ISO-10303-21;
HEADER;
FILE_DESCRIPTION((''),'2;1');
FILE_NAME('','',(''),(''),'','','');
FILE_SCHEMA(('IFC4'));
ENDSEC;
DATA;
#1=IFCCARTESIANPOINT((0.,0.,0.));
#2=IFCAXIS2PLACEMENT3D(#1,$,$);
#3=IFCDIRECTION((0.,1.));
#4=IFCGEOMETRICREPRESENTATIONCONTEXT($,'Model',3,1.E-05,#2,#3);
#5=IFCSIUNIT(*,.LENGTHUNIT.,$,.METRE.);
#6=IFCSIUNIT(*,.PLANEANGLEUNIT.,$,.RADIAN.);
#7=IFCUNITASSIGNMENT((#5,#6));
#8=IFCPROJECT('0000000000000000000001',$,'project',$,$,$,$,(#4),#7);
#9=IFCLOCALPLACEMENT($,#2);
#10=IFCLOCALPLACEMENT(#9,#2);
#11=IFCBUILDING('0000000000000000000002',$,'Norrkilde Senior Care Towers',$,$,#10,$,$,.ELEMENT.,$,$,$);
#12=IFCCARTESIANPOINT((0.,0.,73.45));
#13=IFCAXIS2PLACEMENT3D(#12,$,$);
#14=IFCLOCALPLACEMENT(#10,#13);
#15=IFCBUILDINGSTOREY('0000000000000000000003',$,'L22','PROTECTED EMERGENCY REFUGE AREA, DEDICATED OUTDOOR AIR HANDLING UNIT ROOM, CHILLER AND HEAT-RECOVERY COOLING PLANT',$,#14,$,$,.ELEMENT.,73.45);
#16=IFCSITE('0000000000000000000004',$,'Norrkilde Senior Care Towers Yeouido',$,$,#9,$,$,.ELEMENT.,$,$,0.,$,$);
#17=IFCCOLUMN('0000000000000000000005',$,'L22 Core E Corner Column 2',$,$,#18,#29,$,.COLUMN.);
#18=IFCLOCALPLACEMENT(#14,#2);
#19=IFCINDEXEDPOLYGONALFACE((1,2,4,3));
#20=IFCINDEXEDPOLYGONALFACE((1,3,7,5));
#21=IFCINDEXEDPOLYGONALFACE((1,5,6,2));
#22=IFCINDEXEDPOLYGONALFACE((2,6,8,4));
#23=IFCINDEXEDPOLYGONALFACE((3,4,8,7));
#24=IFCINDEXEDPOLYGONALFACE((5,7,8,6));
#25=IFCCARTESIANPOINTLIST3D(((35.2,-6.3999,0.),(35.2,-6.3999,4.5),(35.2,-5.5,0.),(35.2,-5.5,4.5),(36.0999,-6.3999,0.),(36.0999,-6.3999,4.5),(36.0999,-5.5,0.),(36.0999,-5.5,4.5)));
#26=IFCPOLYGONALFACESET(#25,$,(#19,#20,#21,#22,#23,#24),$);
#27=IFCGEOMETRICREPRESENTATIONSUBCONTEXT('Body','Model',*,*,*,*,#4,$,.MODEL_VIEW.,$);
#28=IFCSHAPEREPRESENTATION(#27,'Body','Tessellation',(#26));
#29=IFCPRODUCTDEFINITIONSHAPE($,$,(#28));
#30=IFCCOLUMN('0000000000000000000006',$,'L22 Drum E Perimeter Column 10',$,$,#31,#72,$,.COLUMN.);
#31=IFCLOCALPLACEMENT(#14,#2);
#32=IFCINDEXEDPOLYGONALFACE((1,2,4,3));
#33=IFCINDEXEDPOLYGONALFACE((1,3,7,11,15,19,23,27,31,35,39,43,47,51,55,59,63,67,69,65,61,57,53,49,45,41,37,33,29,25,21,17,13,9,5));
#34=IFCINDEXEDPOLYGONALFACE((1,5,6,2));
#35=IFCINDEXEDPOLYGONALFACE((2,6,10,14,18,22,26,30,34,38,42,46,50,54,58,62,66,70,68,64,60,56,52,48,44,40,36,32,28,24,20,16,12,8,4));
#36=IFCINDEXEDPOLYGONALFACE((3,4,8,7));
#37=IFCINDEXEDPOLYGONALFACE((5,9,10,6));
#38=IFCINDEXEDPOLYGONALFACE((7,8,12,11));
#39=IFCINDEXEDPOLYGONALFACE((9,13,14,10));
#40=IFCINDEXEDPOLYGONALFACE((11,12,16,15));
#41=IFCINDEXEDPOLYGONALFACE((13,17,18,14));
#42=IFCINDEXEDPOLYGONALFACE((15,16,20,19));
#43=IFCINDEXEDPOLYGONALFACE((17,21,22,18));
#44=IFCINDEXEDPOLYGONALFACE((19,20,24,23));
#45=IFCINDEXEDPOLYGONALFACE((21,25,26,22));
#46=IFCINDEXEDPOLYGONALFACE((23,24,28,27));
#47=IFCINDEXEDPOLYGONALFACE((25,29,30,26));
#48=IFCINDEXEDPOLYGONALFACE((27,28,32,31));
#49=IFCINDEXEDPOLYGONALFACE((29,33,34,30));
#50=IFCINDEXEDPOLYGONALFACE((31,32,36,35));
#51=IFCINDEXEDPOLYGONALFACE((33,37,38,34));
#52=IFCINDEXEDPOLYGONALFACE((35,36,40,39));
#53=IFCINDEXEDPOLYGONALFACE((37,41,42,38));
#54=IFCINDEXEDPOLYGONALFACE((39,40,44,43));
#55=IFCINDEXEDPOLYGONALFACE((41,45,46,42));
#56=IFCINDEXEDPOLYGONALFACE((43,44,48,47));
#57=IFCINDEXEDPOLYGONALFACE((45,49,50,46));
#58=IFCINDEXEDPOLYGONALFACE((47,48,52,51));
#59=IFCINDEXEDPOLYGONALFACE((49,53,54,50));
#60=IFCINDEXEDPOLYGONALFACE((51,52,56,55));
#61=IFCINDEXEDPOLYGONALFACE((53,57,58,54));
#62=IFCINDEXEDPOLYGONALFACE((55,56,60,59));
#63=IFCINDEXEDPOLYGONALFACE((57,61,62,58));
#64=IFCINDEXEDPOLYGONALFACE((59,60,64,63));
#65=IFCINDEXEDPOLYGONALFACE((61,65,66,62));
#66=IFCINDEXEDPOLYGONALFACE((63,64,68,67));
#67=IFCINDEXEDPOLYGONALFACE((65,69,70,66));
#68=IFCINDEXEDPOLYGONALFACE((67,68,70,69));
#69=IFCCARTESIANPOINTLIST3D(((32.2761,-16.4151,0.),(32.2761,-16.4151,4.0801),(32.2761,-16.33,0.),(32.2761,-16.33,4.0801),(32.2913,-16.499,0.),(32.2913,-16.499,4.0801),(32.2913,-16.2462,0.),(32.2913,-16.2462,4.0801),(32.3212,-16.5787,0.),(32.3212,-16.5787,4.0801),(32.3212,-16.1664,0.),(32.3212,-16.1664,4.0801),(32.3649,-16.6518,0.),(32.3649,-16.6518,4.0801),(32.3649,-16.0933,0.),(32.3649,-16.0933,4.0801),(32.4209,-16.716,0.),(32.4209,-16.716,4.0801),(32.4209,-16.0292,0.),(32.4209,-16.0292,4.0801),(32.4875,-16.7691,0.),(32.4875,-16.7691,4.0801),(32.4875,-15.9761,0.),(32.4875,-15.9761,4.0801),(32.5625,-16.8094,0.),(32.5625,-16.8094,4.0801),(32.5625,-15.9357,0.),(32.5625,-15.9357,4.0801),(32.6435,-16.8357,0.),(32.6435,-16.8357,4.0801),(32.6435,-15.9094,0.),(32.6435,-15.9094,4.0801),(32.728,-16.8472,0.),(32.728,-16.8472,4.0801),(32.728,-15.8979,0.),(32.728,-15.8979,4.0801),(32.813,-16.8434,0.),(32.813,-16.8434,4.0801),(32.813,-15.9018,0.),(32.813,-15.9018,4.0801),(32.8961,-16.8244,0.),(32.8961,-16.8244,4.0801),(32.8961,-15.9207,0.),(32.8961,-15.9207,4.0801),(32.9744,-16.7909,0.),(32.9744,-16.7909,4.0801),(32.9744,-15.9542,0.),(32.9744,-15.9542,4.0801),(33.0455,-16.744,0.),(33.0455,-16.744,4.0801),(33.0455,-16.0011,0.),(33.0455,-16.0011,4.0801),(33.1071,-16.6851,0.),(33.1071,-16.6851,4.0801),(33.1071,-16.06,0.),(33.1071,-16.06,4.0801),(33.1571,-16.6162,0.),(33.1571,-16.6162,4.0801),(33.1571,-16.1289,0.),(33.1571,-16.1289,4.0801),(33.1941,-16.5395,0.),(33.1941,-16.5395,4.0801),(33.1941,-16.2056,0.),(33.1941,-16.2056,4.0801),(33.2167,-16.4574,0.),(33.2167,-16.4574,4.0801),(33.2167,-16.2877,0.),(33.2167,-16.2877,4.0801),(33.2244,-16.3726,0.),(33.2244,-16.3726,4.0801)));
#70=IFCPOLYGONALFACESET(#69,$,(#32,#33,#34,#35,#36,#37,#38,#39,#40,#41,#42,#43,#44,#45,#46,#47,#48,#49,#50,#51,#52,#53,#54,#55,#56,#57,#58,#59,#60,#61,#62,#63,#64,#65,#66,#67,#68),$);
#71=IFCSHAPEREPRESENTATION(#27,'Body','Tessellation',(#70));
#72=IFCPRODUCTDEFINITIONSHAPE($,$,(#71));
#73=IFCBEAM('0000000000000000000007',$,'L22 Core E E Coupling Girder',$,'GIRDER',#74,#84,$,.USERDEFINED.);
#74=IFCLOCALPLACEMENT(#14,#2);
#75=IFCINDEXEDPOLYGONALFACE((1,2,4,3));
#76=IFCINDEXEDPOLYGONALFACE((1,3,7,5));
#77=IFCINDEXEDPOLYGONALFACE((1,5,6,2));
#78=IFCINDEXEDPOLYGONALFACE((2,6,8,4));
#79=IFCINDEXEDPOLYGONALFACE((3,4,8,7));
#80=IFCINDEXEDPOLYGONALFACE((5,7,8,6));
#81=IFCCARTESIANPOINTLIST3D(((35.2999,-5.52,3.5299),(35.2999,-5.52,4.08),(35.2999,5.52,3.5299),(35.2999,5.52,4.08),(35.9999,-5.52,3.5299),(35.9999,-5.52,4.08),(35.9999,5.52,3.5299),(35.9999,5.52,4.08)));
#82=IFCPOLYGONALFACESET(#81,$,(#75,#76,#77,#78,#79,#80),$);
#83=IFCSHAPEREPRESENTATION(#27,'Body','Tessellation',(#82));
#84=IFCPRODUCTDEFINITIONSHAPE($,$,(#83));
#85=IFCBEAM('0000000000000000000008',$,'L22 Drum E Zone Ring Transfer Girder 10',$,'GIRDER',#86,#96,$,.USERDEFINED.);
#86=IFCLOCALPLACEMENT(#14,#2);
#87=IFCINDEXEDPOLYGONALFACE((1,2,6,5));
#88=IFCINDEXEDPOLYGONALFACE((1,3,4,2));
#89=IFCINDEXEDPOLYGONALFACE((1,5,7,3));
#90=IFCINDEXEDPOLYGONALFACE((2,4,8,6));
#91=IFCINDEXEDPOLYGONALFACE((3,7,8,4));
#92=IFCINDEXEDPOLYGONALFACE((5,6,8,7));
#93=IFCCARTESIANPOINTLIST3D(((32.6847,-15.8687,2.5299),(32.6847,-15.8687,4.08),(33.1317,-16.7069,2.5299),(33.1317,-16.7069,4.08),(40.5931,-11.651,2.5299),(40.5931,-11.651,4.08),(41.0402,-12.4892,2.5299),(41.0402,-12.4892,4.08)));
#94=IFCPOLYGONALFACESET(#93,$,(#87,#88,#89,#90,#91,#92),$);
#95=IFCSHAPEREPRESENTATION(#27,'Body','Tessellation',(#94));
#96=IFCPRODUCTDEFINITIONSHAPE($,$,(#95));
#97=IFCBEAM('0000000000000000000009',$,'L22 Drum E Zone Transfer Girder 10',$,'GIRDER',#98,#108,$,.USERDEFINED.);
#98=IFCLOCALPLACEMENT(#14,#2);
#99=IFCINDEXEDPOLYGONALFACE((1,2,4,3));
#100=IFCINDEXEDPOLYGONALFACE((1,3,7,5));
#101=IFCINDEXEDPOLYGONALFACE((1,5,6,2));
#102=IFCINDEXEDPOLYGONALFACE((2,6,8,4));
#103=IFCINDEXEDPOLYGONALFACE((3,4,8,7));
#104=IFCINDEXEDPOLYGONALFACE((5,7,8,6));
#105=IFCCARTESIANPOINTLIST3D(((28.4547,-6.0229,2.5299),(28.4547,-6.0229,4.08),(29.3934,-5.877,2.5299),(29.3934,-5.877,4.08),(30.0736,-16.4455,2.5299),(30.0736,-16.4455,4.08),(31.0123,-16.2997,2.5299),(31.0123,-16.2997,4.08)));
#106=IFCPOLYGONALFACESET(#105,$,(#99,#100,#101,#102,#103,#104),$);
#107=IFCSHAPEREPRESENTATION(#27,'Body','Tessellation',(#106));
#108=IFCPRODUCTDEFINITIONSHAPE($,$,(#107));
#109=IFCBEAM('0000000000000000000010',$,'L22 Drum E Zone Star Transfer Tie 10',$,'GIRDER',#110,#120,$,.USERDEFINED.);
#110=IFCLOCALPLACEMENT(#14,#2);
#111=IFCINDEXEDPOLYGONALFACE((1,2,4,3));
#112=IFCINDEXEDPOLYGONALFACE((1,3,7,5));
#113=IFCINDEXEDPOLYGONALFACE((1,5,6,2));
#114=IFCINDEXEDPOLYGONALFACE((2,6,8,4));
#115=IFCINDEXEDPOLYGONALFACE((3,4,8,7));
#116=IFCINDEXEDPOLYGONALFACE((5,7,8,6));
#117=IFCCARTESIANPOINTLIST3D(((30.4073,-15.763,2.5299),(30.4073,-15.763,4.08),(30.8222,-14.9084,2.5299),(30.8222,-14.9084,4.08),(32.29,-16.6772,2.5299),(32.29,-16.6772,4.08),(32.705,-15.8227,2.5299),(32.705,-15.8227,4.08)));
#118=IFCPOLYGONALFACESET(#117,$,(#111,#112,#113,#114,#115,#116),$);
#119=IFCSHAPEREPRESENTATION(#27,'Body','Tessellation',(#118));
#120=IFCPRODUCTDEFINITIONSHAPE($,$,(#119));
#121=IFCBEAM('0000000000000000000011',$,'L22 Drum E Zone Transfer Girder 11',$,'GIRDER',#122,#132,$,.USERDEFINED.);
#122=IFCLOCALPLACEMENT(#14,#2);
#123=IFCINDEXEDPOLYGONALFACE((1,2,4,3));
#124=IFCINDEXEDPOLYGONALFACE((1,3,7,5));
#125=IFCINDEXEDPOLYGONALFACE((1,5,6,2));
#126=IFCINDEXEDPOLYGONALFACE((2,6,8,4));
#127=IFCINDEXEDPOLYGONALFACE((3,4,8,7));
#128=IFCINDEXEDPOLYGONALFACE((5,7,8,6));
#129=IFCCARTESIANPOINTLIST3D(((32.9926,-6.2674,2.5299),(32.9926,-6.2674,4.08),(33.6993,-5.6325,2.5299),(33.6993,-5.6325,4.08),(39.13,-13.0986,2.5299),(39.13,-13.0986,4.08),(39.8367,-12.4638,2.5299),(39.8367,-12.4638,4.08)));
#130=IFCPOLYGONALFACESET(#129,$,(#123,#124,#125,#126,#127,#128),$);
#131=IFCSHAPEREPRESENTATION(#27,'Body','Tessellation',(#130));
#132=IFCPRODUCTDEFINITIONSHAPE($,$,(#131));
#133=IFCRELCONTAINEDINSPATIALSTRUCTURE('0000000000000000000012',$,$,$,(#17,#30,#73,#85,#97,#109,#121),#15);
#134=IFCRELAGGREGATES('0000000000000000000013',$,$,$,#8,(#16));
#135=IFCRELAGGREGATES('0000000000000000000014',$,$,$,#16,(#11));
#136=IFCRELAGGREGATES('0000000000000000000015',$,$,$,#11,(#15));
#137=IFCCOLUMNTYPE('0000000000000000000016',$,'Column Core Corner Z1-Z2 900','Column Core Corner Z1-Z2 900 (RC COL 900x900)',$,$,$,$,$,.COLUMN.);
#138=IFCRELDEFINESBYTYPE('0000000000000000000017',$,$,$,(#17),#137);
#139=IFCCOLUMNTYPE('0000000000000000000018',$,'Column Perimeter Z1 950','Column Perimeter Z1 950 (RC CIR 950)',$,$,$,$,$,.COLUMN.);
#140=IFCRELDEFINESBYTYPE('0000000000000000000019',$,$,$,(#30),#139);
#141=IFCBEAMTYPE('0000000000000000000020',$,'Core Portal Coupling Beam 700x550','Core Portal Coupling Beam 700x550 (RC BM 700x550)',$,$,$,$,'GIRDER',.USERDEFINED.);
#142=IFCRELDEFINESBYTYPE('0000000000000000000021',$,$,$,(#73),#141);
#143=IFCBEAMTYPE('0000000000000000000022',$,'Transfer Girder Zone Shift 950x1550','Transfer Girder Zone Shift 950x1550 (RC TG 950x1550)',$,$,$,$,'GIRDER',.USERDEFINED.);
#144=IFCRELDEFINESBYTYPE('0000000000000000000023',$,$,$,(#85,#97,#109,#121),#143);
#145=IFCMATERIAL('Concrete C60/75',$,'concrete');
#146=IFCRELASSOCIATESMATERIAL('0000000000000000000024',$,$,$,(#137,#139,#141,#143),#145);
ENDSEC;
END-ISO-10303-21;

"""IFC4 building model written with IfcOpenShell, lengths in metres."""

from ifc_helpers import new_model, si_unit, direction, frame, origin, origin_2d, place, context, subcontext, project, spatial, rectangle, circle, extrude, source, transform, mapped, material, material_profile, profile_set, type_object, type_shapes, element, save


model = new_model("IFC4")

# Units and contexts
model_context = context("Model", 3, precision=1e-05, world=origin(), true_north=direction((0.0, 1.0)))
body_context = subcontext(model_context, "Body", "Model", "MODEL_VIEW")
ifc_project = project(units=[si_unit("LENGTHUNIT", "METRE"), si_unit("PLANEANGLEUNIT", "RADIAN")], contexts=[model_context])

# Site, building, storey
site_placement = place(None, origin())
site = spatial("IfcSite", under=ifc_project, at=site_placement, Name="Norrkilde Senior Care Towers Yeouido", CompositionType="ELEMENT", RefElevation=0.0)
building_placement = place(site_placement, origin())
building = spatial("IfcBuilding", under=site, at=building_placement, Name="Norrkilde Senior Care Towers", CompositionType="ELEMENT")
storey_placement = place(building_placement, frame((0.0, 0.0, 73.45)))
storey = spatial("IfcBuildingStorey", under=building, at=storey_placement, Name="L22", Description="PROTECTED EMERGENCY REFUGE AREA, DEDICATED OUTDOOR AIR HANDLING UNIT ROOM, CHILLER AND HEAT-RECOVERY COOLING PLANT", CompositionType="ELEMENT", Elevation=73.45)

# Columns
ifc_material_1 = material(Name="Concrete C60/75", Category="concrete")
ifc_material_profile_1 = material_profile(ifc_material_1, rectangle(XDim=0.8999, YDim=0.8999, at=origin_2d()), Name="RC COL 900x900")
ifc_profile_set_1 = profile_set([ifc_material_profile_1], Name="Concrete C60/75")
column_type_1 = type_object("IfcColumnType", Name="Column Core Corner Z1-Z2 900", Description="Column Core Corner Z1-Z2 900 (RC COL 900x900)", PredefinedType="COLUMN", material=ifc_profile_set_1)
shared_shape_1 = source(origin(), body_context, "Body", "SweptSolid", [
    extrude(rectangle(XDim=0.8999, YDim=0.8999, at=origin_2d()), origin(), (0.0, 0.0, 1.0), 4.5),
])
type_shapes(column_type_1, [shared_shape_1])
column_1_placement = place(storey_placement, frame((35.6499, -5.95, 0.0), z_axis=(0.0, 0.0, 1.0), x_axis=(1.0, 0.0, 0.0)))
element("IfcColumn", 1, at=column_1_placement, inside=storey, type_object=column_type_1, Name="L22 Core E Corner Column 2", PredefinedType="COLUMN", context=body_context, shape_type="MappedRepresentation", body=[
    mapped(shared_shape_1, transform((0.0, 0.0, 0.0), x_axis=(1.0, 0.0, 0.0), y_axis=(0.0, 1.0, 0.0), z_axis=(0.0, 0.0, 1.0), scale=1.0)),
])
ifc_material_profile_2 = material_profile(ifc_material_1, circle(Radius=0.4751, at=origin_2d()), Name="RC CIR 950")
ifc_profile_set_2 = profile_set([ifc_material_profile_2], Name="Concrete C60/75")
column_type_2 = type_object("IfcColumnType", Name="Column Perimeter Z1 950", Description="Column Perimeter Z1 950 (RC CIR 950)", PredefinedType="COLUMN", material=ifc_profile_set_2)
shared_shape_2 = source(origin(), body_context, "Body", "SweptSolid", [
    extrude(circle(Radius=0.4751, at=origin_2d()), origin(), (0.0, 0.0, 1.0), 4.0801),
])
type_shapes(column_type_2, [shared_shape_2])
column_2_placement = place(storey_placement, frame((32.7493, -16.3726, 0.0), z_axis=(0.0, 0.0, 1.0), x_axis=(1.0, 0.0, 0.0)))
element("IfcColumn", 2, at=column_2_placement, inside=storey, type_object=column_type_2, Name="L22 Drum E Perimeter Column 10", PredefinedType="COLUMN", context=body_context, shape_type="MappedRepresentation", body=[
    mapped(shared_shape_2, transform((0.0, 0.0, 0.0), x_axis=(1.0, 0.0, 0.0), y_axis=(0.0, 1.0, 0.0), z_axis=(0.0, 0.0, 1.0), scale=1.0)),
])

# Beams
ifc_material_profile_3 = material_profile(ifc_material_1, rectangle(XDim=0.7, YDim=0.55, at=origin_2d()), Name="RC BM 700x550")
ifc_profile_set_3 = profile_set([ifc_material_profile_3], Name="Concrete C60/75")
beam_type_1 = type_object("IfcBeamType", Name="Core Portal Coupling Beam 700x550", Description="Core Portal Coupling Beam 700x550 (RC BM 700x550)", ElementType="GIRDER", PredefinedType="USERDEFINED", material=ifc_profile_set_3)
shared_shape_3 = source(origin(), body_context, "Body", "SweptSolid", [
    extrude(rectangle(XDim=0.7, YDim=0.55, at=origin_2d()), origin(), (0.0, 0.0, 1.0), 11.04),
])
type_shapes(beam_type_1, [shared_shape_3])
beam_1_placement = place(storey_placement, frame((35.6499, -5.52, 3.8049), z_axis=(0.0, 1.0, 0.0), x_axis=(-1.0, 0.0, 0.0)))
element("IfcBeam", 3, at=beam_1_placement, inside=storey, type_object=beam_type_1, Name="L22 Core E E Coupling Girder", ObjectType="GIRDER", PredefinedType="USERDEFINED", context=body_context, shape_type="MappedRepresentation", body=[
    mapped(shared_shape_3, transform((0.0, 0.0, 0.0), x_axis=(1.0, 0.0, 0.0), y_axis=(0.0, 1.0, 0.0), z_axis=(0.0, 0.0, 1.0), scale=1.0)),
])
ifc_material_profile_4 = material_profile(ifc_material_1, rectangle(XDim=0.95, YDim=1.55, at=origin_2d()), Name="RC TG 950x1550")
ifc_profile_set_4 = profile_set([ifc_material_profile_4], Name="Concrete C60/75")
beam_type_2 = type_object("IfcBeamType", Name="Transfer Girder Zone Shift 950x1550", Description="Transfer Girder Zone Shift 950x1550 (RC TG 950x1550)", ElementType="GIRDER", PredefinedType="USERDEFINED", material=ifc_profile_set_4)
shared_shape_4 = source(origin(), body_context, "Body", "SweptSolid", [
    extrude(rectangle(XDim=0.95, YDim=1.55, at=origin_2d()), origin(), (0.0, 0.0, 1.0), 8.9629),
])
beam_2_placement = place(storey_placement, frame((32.9082, -16.2878, 3.3049), z_axis=(0.882356, 0.470583, 0.0), x_axis=(-0.470583, 0.882356, 0.0)))
element("IfcBeam", 4, at=beam_2_placement, inside=storey, type_object=beam_type_2, Name="L22 Drum E Zone Ring Transfer Girder 10", ObjectType="GIRDER", PredefinedType="USERDEFINED", context=body_context, shape_type="MappedRepresentation", body=[
    mapped(shared_shape_4, transform((0.0, 0.0, 0.0), x_axis=(1.0, 0.0, 0.0), y_axis=(0.0, 1.0, 0.0), z_axis=(0.0, 0.0, 1.0), scale=1.0)),
])
shared_shape_5 = source(origin(), body_context, "Body", "SweptSolid", [
    extrude(rectangle(XDim=0.95, YDim=1.55, at=origin_2d()), origin(), (0.0, 0.0, 1.0), 10.5476),
])
beam_3_placement = place(storey_placement, frame((28.9241, -5.95, 3.3049), z_axis=(0.153485, -0.988151, 0.0), x_axis=(0.988151, 0.153485, 0.0)))
element("IfcBeam", 5, at=beam_3_placement, inside=storey, type_object=beam_type_2, Name="L22 Drum E Zone Transfer Girder 10", ObjectType="GIRDER", PredefinedType="USERDEFINED", context=body_context, shape_type="MappedRepresentation", body=[
    mapped(shared_shape_5, transform((0.0, 0.0, 0.0), x_axis=(1.0, 0.0, 0.0), y_axis=(0.0, 1.0, 0.0), z_axis=(0.0, 0.0, 1.0), scale=1.0)),
])
shared_shape_6 = source(origin(), body_context, "Body", "SweptSolid", [
    extrude(rectangle(XDim=0.95, YDim=1.55, at=origin_2d()), origin(), (0.0, 0.0, 1.0), 2.093),
])
beam_4_placement = place(storey_placement, frame((30.6147, -15.3357, 3.3049), z_axis=(0.899546, -0.436826, 0.0), x_axis=(0.436826, 0.899546, 0.0)))
element("IfcBeam", 6, at=beam_4_placement, inside=storey, type_object=beam_type_2, Name="L22 Drum E Zone Star Transfer Tie 10", ObjectType="GIRDER", PredefinedType="USERDEFINED", context=body_context, shape_type="MappedRepresentation", body=[
    mapped(shared_shape_6, transform((0.0, 0.0, 0.0), x_axis=(1.0, 0.0, 0.0), y_axis=(0.0, 1.0, 0.0), z_axis=(0.0, 0.0, 1.0), scale=1.0)),
])
shared_shape_7 = source(origin(), body_context, "Body", "SweptSolid", [
    extrude(rectangle(XDim=0.95, YDim=1.55, at=origin_2d()), origin(), (0.0, 0.0, 1.0), 9.1833),
])
type_shapes(beam_type_2, [shared_shape_4, shared_shape_5, shared_shape_6, shared_shape_7])
beam_5_placement = place(storey_placement, frame((33.3459, -5.95, 3.3049), z_axis=(0.66832, -0.743874, 0.0), x_axis=(0.743874, 0.66832, 0.0)))
element("IfcBeam", 7, at=beam_5_placement, inside=storey, type_object=beam_type_2, Name="L22 Drum E Zone Transfer Girder 11", ObjectType="GIRDER", PredefinedType="USERDEFINED", context=body_context, shape_type="MappedRepresentation", body=[
    mapped(shared_shape_7, transform((0.0, 0.0, 0.0), x_axis=(1.0, 0.0, 0.0), y_axis=(0.0, 1.0, 0.0), z_axis=(0.0, 0.0, 1.0), scale=1.0)),
])

save(model, "model.ifc")
